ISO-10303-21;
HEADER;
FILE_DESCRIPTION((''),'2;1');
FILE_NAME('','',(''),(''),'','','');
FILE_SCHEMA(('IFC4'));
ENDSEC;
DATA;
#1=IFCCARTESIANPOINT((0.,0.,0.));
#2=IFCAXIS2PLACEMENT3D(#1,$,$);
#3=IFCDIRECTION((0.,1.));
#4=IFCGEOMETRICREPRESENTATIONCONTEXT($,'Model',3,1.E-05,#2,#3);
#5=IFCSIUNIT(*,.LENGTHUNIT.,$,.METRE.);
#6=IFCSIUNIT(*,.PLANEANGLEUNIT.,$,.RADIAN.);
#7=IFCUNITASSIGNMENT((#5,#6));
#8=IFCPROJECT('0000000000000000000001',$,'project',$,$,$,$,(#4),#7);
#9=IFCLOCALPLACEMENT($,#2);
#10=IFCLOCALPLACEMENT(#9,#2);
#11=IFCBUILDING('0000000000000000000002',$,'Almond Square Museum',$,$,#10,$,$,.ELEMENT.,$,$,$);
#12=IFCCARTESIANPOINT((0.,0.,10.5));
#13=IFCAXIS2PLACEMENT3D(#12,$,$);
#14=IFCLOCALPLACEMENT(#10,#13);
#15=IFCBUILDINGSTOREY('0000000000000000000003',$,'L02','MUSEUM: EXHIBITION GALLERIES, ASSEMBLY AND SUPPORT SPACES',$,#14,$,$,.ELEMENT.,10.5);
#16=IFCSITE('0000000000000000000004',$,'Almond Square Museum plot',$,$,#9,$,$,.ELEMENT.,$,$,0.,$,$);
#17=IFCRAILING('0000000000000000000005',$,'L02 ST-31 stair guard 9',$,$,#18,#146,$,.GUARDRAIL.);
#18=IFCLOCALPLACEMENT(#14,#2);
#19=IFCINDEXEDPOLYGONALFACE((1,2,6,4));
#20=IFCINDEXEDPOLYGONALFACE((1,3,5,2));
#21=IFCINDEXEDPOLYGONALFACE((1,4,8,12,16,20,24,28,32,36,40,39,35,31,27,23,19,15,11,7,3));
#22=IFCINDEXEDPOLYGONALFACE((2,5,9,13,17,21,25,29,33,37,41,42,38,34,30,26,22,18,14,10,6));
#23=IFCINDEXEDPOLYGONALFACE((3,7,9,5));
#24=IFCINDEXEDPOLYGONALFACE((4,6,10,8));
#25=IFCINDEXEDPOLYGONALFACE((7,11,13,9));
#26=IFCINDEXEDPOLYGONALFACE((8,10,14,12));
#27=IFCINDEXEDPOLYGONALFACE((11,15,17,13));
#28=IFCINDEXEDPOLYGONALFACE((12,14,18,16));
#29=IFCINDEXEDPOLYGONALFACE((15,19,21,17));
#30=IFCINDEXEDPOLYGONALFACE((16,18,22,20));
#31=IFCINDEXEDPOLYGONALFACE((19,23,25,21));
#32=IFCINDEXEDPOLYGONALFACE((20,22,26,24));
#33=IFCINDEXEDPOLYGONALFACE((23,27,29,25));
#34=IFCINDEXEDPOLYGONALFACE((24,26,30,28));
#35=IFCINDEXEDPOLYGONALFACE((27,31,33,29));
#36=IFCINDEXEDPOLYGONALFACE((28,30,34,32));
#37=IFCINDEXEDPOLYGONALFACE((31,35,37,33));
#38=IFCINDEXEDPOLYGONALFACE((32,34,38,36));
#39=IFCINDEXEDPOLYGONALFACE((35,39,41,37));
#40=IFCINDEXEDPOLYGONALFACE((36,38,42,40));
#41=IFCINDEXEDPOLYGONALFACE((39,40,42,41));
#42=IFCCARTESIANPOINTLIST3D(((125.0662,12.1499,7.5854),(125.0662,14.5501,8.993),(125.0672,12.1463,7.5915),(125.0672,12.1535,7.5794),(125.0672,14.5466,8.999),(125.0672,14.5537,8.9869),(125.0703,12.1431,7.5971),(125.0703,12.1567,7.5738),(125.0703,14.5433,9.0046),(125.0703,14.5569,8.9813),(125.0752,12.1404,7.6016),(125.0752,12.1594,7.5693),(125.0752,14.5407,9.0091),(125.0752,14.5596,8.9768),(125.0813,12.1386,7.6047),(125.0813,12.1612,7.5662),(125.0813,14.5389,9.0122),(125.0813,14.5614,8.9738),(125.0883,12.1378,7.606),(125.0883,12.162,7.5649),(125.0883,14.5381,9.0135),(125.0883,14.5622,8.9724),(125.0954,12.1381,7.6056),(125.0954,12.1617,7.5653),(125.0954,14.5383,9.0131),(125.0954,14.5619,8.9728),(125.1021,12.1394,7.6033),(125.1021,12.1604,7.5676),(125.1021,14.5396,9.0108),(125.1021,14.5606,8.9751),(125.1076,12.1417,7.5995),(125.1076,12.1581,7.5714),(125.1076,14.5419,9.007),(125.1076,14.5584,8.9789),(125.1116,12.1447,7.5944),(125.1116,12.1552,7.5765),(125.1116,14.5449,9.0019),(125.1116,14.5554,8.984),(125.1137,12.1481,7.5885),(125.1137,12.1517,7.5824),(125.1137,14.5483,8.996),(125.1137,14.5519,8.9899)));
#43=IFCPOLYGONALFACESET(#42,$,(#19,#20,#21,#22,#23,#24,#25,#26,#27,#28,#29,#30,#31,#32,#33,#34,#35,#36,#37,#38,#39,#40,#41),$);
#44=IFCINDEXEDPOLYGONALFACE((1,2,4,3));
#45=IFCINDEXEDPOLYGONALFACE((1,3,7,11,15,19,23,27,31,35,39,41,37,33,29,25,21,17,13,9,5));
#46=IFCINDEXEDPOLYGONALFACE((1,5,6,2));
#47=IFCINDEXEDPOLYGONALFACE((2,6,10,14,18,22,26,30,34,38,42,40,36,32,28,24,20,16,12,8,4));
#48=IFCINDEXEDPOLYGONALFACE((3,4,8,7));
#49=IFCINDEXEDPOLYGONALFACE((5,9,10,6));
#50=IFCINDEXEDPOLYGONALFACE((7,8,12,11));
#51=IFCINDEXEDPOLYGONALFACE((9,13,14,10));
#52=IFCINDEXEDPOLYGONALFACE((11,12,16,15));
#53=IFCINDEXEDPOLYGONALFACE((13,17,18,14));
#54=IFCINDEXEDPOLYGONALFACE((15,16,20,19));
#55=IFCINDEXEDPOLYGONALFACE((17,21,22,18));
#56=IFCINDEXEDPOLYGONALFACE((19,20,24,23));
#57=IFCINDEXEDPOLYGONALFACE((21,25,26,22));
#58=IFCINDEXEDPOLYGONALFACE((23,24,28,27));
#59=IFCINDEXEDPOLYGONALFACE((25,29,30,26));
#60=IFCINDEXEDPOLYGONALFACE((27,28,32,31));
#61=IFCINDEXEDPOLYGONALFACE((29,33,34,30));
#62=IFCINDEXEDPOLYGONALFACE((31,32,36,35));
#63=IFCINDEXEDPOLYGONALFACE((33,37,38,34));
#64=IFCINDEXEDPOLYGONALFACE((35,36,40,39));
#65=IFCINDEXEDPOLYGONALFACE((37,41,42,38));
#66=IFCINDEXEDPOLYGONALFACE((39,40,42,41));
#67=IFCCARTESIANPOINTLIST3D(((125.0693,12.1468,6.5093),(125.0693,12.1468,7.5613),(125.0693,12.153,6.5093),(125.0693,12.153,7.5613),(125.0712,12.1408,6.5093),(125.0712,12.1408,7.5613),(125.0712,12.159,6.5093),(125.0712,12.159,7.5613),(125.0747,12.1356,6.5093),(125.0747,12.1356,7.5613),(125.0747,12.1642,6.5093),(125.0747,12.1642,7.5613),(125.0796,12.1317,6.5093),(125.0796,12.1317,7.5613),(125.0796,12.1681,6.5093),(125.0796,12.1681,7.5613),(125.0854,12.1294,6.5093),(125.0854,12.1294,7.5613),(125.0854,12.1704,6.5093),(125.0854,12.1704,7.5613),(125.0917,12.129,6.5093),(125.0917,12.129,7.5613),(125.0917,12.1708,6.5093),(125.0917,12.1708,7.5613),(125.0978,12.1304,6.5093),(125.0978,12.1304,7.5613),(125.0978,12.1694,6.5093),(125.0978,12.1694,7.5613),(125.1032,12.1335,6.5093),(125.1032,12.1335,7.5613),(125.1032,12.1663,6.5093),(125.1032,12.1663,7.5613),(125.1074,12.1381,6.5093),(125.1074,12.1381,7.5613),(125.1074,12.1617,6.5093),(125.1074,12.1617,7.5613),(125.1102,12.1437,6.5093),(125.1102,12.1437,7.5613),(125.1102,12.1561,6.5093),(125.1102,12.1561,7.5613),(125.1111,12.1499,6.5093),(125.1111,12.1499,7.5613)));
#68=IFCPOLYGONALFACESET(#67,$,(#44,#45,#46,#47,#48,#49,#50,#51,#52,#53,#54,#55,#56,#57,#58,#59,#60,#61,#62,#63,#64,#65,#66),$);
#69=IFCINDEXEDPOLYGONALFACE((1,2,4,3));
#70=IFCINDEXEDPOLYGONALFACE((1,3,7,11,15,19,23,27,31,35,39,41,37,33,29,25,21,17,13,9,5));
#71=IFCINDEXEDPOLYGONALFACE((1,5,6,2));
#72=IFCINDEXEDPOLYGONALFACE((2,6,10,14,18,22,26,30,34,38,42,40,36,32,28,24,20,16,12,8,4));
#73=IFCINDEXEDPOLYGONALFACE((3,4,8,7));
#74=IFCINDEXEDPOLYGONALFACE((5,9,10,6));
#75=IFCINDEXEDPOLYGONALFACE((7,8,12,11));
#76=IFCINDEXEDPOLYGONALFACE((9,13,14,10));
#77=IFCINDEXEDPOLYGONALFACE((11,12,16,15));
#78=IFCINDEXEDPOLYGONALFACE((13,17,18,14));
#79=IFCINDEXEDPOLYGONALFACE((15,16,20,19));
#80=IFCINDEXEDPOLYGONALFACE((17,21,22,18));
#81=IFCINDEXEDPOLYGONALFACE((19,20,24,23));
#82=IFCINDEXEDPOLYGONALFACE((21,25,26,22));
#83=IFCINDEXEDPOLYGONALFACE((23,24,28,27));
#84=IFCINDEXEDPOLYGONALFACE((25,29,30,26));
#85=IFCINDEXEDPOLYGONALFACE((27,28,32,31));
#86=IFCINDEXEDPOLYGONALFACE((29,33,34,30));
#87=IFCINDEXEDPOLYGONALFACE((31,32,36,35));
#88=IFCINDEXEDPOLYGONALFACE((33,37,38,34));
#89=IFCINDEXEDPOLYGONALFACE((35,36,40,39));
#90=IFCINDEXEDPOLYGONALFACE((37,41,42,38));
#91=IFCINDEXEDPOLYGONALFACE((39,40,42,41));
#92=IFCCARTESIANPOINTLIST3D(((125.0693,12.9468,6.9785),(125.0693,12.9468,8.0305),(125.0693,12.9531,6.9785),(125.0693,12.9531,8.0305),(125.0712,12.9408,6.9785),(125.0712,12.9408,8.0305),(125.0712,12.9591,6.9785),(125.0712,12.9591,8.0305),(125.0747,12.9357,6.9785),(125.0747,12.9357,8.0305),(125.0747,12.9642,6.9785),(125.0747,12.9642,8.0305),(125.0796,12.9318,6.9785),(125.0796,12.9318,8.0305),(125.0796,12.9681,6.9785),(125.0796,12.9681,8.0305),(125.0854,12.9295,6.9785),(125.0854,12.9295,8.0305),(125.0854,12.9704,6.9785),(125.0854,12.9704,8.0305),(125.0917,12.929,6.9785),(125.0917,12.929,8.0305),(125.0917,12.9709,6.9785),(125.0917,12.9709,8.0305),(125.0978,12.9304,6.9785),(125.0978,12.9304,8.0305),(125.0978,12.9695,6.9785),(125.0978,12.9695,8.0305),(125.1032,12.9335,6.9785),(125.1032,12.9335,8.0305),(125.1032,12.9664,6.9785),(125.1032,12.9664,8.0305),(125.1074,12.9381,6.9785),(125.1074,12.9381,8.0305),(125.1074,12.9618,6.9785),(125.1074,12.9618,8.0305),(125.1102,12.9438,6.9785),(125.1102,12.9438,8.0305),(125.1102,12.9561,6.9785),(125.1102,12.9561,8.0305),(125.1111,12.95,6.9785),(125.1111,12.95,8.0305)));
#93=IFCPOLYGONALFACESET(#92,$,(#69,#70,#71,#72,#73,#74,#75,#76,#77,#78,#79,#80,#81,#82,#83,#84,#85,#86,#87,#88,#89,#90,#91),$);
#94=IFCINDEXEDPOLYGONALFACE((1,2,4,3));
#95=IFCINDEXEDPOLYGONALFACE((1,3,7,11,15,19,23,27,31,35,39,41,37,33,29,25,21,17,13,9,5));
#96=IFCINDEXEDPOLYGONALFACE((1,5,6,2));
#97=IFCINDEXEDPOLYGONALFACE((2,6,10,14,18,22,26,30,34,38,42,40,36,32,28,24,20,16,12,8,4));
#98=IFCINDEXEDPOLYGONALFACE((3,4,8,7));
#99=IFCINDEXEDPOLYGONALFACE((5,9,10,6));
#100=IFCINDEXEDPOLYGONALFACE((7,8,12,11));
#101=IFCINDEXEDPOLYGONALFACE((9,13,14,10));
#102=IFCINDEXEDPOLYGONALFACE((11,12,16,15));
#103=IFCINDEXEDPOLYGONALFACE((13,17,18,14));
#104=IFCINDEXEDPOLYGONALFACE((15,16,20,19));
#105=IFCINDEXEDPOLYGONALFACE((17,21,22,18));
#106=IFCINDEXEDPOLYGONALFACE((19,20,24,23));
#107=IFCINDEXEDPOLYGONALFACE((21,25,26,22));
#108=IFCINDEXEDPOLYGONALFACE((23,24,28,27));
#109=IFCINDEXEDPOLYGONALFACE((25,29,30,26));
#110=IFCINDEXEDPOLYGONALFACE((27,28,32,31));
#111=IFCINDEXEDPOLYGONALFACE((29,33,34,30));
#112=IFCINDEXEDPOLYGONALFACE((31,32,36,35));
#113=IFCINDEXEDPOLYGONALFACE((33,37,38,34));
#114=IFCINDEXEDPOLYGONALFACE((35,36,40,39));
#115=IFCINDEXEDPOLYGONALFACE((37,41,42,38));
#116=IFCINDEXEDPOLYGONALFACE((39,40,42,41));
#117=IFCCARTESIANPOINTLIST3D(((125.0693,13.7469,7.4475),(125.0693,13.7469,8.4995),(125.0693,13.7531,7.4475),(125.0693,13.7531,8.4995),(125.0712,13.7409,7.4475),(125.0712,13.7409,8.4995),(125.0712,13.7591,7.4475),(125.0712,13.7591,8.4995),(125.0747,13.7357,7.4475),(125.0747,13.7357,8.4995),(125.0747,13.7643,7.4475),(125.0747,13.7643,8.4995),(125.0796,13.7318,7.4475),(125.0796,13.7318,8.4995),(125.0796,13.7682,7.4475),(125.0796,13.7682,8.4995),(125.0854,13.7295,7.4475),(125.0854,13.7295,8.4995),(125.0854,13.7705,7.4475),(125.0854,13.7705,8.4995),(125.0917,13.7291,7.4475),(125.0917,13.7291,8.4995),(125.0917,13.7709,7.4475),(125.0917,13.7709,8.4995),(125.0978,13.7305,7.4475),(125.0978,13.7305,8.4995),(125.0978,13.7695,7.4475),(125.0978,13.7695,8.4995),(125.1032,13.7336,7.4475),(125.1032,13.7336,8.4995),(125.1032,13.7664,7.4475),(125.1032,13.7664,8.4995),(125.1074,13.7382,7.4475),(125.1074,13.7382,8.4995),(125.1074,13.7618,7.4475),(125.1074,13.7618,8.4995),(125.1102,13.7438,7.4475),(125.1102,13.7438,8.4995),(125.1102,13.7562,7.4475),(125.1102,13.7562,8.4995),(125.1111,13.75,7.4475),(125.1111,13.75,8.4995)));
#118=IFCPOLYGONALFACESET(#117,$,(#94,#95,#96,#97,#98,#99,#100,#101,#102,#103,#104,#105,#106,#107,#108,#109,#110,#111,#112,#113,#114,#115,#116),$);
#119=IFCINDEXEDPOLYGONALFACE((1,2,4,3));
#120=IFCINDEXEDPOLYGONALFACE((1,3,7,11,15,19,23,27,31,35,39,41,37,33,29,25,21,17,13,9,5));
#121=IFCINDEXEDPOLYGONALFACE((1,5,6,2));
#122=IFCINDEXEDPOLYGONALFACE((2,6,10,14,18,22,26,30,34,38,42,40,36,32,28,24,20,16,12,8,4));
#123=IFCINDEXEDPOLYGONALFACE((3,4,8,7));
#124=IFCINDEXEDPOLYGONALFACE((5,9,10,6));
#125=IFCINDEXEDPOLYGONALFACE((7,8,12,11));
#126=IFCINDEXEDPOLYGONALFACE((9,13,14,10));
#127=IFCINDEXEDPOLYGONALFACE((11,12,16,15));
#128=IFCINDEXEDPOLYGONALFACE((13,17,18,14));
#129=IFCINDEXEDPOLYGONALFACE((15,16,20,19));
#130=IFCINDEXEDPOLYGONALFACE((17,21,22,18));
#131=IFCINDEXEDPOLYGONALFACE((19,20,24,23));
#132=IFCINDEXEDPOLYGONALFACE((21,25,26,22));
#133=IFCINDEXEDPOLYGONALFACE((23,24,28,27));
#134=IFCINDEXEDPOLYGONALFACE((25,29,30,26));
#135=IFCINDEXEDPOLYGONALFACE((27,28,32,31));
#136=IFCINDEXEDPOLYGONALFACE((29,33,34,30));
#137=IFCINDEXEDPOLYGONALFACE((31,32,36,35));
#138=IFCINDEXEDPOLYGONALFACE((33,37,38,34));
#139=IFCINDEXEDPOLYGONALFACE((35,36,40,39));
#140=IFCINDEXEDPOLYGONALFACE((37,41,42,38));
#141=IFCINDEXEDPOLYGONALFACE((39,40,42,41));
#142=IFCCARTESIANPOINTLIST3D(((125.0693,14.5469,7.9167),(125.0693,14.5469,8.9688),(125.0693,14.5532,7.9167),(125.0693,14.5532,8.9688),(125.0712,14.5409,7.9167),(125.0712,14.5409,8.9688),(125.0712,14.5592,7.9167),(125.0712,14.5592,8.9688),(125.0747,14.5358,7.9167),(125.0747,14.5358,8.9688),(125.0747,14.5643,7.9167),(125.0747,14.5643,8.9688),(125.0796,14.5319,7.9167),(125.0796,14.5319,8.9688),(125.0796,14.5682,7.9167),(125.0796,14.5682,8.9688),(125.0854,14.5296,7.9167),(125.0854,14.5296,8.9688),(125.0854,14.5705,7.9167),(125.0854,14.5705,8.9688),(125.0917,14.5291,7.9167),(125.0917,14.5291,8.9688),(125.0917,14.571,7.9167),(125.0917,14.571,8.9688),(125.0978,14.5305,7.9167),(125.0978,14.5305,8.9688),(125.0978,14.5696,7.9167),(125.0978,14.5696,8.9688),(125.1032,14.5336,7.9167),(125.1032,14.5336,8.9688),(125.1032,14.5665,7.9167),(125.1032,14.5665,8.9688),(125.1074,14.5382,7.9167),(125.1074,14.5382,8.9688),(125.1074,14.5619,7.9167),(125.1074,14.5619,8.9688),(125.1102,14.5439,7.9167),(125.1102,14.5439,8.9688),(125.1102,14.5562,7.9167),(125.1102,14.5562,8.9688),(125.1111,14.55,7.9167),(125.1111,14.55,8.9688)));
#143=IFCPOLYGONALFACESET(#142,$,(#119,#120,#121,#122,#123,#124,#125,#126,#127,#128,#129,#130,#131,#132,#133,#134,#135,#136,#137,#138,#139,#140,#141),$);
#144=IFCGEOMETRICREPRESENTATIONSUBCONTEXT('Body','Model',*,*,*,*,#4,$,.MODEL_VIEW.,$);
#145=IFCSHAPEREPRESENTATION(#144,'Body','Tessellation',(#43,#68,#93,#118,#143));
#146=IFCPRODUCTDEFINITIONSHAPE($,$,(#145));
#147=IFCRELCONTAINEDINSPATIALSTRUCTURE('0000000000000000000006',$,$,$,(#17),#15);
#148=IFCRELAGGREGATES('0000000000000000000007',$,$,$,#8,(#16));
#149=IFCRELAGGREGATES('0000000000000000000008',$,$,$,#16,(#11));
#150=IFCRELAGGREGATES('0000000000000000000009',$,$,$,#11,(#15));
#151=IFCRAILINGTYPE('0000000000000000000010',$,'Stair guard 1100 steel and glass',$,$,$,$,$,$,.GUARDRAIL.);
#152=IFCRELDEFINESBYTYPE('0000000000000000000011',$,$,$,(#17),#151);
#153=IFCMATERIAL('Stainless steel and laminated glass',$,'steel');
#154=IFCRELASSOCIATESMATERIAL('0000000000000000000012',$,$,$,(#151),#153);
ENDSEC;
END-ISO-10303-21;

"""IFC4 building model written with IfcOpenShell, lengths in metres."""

from ifc_helpers import new_model, si_unit, direction, frame, origin, origin_2d, place, context, subcontext, project, spatial, circle, extrude, material, type_object, element, save


model = new_model("IFC4")

# Units and contexts
model_context = context("Model", 3, precision=1e-05, world=origin(), true_north=direction((0.0, 1.0)))
body_context = subcontext(model_context, "Body", "Model", "MODEL_VIEW")
ifc_project = project(units=[si_unit("LENGTHUNIT", "METRE"), si_unit("PLANEANGLEUNIT", "RADIAN")], contexts=[model_context])

# Site, building, storey
site_placement = place(None, origin())
site = spatial("IfcSite", under=ifc_project, at=site_placement, Name="Almond Square Museum plot", CompositionType="ELEMENT", RefElevation=0.0)
building_placement = place(site_placement, origin())
building = spatial("IfcBuilding", under=site, at=building_placement, Name="Almond Square Museum", CompositionType="ELEMENT")
storey_placement = place(building_placement, frame((0.0, 0.0, 10.5)))
storey = spatial("IfcBuildingStorey", under=building, at=storey_placement, Name="L02", Description="MUSEUM: EXHIBITION GALLERIES, ASSEMBLY AND SUPPORT SPACES", CompositionType="ELEMENT", Elevation=10.5)

# Railing
ifc_material_1 = material(Name="Stainless steel and laminated glass", Category="steel")
railing_type_1 = type_object("IfcRailingType", Name="Stair guard 1100 steel and glass", PredefinedType="GUARDRAIL", material=ifc_material_1)
railing_1_placement = place(storey_placement, frame((125.0901, 12.1499, 6.5093)))
element("IfcRailing", 1, at=railing_1_placement, inside=storey, type_object=railing_type_1, Name="L02 ST-31 stair guard 9", PredefinedType="GUARDRAIL", context=body_context, shape_type="SweptSolid", body=[
    extrude(circle(Radius=0.0239, at=origin_2d()), frame((0.0, 0.0, 1.0762), z_axis=(0.0, 0.862621, 0.50585), x_axis=(-1.0, 0.0, 0.0)), (0.0, 0.0, 1.0), 2.7825),
    extrude(circle(Radius=0.021, at=origin_2d()), origin(), (0.0, 0.0, 1.0), 1.052),
    extrude(circle(Radius=0.021, at=origin_2d()), frame((0.0, 0.8, 0.4692)), (0.0, 0.0, 1.0), 1.052),
    extrude(circle(Radius=0.021, at=origin_2d()), frame((0.0, 1.6001, 0.9382)), (0.0, 0.0, 1.0), 1.052),
    extrude(circle(Radius=0.021, at=origin_2d()), frame((0.0, 2.4001, 1.4075)), (0.0, 0.0, 1.0), 1.052),
])

save(model, "model.ifc")
